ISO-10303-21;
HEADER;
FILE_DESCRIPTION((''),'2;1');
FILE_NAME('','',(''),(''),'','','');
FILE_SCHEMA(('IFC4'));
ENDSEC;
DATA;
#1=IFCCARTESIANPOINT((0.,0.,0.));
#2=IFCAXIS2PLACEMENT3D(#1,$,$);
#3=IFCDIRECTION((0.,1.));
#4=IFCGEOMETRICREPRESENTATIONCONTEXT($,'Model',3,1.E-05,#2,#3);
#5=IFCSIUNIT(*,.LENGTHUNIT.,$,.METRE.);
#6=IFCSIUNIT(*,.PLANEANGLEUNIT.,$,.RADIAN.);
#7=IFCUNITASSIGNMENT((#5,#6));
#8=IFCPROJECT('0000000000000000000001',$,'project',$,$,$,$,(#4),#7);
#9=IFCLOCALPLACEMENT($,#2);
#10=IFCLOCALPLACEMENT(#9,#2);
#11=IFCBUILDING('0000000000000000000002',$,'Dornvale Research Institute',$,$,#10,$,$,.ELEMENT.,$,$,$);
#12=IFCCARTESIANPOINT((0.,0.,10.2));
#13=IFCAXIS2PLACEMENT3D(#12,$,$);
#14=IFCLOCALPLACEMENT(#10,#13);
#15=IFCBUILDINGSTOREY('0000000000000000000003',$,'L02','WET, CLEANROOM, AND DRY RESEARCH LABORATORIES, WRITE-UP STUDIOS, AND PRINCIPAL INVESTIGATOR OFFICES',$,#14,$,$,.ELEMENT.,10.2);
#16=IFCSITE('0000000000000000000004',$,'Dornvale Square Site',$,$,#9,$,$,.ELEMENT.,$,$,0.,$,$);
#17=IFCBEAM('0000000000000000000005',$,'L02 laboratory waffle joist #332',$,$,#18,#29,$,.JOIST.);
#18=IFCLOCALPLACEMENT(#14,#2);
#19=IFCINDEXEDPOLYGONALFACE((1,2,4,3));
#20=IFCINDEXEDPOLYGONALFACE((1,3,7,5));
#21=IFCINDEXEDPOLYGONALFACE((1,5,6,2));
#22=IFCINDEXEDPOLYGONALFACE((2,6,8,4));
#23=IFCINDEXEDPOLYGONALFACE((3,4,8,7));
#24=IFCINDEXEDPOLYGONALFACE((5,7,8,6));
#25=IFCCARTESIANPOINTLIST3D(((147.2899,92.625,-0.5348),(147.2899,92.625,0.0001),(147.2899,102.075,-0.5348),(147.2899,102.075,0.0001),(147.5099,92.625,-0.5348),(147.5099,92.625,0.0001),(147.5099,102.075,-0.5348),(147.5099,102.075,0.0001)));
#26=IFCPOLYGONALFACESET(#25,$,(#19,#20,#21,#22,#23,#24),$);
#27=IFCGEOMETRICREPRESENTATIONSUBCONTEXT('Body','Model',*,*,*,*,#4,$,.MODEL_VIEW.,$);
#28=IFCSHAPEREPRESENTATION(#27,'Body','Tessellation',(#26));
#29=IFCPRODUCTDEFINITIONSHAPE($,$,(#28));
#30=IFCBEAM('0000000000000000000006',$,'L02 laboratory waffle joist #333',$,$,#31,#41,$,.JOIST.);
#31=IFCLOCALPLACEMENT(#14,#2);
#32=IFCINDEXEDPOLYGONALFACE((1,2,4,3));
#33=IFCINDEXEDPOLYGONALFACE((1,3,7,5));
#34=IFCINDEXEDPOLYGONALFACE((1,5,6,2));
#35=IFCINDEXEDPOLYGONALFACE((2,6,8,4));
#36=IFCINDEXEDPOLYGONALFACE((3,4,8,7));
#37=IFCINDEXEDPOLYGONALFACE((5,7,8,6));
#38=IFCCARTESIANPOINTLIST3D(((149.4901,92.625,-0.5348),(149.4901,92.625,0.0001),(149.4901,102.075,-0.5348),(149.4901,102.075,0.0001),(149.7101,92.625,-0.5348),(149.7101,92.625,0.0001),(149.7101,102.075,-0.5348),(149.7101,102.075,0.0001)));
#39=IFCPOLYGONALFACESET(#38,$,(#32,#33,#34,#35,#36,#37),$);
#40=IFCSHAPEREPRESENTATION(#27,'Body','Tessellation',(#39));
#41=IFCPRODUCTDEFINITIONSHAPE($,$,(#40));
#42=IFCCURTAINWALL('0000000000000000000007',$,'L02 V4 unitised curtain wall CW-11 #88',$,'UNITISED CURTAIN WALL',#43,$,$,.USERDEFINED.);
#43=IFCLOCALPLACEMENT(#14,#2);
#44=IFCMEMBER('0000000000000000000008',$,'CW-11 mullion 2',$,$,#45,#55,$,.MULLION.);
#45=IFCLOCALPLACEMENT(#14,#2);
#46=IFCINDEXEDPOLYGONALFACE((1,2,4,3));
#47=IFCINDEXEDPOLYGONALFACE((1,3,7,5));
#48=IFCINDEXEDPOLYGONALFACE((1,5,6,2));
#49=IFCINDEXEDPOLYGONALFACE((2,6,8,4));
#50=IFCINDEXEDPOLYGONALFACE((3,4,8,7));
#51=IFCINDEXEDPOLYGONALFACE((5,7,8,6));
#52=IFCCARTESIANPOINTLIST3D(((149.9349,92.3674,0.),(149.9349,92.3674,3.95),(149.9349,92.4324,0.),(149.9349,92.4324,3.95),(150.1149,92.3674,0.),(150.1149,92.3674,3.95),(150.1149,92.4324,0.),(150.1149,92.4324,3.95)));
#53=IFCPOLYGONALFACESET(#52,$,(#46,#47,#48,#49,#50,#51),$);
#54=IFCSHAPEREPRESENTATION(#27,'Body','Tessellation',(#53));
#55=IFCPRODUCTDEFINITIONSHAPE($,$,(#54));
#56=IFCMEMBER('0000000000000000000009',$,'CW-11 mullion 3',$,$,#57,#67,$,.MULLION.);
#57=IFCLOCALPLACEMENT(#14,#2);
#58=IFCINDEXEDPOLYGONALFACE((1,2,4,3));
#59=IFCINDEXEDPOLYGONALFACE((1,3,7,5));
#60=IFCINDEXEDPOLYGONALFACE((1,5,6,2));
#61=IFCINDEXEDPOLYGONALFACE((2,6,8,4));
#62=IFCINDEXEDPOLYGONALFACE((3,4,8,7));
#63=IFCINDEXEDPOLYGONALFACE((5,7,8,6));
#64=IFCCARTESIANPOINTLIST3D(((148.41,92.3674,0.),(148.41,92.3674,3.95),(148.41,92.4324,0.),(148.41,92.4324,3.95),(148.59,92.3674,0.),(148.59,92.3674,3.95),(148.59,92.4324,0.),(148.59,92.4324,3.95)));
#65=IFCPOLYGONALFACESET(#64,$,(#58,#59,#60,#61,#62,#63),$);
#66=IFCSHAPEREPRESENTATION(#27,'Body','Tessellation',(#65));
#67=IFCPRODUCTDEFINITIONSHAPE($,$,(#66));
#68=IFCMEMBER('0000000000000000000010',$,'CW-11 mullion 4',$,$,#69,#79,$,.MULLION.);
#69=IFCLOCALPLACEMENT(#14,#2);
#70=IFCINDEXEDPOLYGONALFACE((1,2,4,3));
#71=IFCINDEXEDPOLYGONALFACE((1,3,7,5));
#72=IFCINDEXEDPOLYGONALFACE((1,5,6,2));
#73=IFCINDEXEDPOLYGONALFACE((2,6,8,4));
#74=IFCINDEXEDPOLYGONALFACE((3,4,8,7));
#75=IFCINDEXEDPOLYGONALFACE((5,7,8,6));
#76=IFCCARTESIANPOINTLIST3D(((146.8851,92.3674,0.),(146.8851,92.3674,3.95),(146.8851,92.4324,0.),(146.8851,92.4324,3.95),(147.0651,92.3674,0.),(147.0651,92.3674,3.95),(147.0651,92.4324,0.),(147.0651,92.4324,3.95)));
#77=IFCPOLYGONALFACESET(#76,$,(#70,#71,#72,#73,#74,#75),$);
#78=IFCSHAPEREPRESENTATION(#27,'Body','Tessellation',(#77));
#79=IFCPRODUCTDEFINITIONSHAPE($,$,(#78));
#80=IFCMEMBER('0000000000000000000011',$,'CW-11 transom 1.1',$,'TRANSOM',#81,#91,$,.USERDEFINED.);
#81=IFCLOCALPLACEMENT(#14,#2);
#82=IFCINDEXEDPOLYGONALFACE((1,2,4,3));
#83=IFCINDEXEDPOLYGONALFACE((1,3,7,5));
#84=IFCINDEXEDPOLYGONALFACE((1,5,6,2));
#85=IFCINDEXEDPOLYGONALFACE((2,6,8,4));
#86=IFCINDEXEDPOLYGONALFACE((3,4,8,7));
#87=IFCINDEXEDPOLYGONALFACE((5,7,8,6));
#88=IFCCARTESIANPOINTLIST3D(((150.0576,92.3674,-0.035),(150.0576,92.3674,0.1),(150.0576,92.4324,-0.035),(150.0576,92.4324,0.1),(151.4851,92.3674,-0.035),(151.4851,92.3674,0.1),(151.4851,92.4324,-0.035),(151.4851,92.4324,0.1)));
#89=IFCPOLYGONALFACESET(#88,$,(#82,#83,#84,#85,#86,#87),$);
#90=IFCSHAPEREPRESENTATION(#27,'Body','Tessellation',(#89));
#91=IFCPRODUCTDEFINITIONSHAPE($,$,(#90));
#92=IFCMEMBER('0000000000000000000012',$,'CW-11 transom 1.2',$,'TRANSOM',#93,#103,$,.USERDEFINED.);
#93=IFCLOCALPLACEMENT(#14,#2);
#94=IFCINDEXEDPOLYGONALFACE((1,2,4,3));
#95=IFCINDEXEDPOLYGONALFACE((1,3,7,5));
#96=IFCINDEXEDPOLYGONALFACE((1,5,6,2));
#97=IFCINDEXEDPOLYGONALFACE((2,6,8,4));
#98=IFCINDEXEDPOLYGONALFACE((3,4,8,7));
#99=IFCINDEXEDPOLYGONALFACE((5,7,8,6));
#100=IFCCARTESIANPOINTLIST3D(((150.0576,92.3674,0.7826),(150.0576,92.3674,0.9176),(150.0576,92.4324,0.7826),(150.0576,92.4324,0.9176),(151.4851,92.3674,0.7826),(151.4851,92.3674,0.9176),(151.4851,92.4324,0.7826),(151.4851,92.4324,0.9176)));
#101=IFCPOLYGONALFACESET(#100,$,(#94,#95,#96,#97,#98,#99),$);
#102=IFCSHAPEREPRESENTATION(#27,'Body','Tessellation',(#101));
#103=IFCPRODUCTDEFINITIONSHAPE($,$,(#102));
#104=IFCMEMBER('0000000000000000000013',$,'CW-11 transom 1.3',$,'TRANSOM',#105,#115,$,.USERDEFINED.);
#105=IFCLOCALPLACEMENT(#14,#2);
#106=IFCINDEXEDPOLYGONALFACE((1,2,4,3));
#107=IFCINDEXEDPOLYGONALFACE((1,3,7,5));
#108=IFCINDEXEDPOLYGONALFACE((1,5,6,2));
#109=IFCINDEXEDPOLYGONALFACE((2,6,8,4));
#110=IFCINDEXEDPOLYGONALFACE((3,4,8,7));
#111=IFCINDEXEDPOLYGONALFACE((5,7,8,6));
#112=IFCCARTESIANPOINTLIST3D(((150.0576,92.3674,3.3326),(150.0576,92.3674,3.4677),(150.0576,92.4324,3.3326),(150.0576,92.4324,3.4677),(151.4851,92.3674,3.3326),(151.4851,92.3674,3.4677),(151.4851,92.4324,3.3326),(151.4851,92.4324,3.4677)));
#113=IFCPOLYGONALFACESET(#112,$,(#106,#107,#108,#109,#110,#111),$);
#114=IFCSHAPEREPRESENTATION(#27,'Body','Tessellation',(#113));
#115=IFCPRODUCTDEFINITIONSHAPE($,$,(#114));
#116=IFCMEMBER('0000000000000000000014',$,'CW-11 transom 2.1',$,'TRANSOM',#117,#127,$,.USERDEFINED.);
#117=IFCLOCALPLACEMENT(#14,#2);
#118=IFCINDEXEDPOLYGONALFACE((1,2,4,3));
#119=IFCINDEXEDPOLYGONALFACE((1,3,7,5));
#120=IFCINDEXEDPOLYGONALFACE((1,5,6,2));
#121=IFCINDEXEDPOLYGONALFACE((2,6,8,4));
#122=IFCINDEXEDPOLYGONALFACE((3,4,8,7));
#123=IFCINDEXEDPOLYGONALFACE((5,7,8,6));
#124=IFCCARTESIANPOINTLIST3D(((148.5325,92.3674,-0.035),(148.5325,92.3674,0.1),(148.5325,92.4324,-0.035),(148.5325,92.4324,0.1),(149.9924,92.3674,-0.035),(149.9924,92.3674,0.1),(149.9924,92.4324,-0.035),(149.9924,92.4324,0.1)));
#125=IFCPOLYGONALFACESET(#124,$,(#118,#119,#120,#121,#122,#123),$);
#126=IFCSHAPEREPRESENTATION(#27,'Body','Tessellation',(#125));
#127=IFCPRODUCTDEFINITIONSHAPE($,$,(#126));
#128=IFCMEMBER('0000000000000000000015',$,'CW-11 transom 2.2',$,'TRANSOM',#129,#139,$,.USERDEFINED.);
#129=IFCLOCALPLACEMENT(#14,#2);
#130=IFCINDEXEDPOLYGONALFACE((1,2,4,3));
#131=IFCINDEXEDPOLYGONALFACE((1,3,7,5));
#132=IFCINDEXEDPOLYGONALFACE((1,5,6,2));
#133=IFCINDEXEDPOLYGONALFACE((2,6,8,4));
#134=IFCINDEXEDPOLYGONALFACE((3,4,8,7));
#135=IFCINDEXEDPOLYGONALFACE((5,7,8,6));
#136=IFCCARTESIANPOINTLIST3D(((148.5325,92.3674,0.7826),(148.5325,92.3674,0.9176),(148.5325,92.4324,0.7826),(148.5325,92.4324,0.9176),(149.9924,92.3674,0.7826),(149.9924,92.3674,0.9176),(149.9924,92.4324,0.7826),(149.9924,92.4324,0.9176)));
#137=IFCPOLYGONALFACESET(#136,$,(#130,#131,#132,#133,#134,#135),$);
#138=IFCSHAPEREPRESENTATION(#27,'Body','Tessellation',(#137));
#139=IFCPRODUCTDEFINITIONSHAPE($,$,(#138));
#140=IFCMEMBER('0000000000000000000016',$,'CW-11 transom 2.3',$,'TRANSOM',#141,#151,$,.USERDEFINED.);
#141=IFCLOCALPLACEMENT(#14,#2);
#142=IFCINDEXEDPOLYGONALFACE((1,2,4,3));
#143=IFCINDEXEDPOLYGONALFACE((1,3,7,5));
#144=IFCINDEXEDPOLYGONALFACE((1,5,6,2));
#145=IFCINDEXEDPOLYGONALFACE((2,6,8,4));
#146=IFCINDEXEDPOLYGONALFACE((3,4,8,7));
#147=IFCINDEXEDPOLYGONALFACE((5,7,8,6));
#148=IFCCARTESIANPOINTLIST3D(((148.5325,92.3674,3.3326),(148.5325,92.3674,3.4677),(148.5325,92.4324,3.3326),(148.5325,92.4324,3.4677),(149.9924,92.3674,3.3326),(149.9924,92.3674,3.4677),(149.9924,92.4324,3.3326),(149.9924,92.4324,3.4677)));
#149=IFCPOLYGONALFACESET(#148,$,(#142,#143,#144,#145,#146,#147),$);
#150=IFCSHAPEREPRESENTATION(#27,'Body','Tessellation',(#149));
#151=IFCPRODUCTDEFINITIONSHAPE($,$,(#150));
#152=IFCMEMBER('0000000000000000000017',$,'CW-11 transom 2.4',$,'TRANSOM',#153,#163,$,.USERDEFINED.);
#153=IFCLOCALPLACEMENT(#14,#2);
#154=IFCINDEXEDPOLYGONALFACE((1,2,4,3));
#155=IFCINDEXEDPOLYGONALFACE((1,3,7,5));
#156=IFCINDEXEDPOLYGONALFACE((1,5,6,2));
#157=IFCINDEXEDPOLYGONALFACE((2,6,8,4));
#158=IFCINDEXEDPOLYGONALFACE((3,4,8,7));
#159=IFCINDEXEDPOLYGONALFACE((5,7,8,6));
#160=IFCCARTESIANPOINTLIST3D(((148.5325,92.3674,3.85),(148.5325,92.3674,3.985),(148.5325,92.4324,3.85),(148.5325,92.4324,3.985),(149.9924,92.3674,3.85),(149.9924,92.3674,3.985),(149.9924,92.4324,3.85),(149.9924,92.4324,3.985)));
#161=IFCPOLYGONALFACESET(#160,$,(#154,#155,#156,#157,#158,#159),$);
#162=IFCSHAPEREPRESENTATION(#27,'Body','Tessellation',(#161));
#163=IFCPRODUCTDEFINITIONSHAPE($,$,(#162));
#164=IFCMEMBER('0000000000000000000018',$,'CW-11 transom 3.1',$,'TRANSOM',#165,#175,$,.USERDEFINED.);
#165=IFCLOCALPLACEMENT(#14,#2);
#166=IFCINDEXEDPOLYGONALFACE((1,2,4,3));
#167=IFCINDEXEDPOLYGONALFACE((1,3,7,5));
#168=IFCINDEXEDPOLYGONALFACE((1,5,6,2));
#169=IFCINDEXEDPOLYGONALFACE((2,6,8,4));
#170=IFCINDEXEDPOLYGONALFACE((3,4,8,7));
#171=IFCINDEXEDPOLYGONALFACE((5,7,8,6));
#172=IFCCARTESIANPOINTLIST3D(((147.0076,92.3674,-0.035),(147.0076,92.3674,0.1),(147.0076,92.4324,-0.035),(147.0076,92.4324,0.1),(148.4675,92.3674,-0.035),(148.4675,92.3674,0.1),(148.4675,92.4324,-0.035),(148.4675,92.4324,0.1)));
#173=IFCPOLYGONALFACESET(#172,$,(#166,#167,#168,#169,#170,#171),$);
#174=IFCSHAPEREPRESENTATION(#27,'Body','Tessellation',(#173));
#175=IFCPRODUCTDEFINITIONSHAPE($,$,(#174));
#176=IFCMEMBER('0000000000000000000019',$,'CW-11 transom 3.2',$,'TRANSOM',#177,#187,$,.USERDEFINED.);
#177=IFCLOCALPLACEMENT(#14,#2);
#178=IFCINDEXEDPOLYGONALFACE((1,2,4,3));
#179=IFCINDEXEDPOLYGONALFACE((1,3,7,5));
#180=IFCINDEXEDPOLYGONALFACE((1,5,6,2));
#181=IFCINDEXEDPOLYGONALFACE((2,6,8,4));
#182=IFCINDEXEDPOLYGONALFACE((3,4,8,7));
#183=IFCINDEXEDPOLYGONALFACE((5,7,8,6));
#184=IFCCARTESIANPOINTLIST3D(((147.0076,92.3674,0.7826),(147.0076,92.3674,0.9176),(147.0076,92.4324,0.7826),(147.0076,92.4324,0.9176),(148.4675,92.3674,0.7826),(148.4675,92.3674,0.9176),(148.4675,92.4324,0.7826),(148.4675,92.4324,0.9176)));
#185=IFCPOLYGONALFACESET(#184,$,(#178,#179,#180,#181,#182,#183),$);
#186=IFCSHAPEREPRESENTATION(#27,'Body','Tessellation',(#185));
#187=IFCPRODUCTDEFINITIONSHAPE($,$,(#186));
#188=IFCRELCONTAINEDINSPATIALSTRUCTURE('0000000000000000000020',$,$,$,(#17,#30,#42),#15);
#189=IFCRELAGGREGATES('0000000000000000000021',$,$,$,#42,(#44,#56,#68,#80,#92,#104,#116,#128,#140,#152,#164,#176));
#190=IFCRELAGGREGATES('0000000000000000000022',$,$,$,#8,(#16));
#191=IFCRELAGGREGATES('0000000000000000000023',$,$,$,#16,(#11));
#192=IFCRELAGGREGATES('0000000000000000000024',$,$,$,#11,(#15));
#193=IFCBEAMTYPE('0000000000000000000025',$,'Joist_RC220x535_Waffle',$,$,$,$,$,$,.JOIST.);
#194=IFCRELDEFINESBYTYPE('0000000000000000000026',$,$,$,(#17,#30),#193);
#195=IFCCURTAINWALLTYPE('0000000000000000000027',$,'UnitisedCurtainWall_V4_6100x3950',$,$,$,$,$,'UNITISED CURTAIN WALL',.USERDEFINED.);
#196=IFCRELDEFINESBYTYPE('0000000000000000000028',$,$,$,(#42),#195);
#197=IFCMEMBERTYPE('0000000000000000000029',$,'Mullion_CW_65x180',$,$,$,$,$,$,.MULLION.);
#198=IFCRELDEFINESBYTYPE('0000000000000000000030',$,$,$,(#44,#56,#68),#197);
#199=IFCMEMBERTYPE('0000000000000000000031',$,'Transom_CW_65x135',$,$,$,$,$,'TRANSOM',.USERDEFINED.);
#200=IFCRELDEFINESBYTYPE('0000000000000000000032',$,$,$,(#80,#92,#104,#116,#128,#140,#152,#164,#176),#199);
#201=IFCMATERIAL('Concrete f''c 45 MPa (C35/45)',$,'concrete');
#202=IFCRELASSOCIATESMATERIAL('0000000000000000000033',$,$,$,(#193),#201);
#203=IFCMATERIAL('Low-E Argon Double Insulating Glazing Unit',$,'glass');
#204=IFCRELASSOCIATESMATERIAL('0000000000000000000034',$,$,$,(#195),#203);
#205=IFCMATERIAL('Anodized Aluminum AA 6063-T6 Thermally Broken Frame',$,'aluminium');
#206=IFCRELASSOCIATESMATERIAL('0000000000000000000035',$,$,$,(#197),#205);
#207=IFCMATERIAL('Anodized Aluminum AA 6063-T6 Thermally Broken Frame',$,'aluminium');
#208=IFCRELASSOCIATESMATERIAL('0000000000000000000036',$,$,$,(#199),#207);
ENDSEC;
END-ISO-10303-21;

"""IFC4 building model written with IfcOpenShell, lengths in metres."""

from ifc_helpers import new_model, si_unit, direction, frame, origin, origin_2d, place, context, subcontext, project, spatial, rectangle, extrude, material, material_profile, profile_set, type_object, element, aggregate, save


model = new_model("IFC4")

# Units and contexts
model_context = context("Model", 3, precision=1e-05, world=origin(), true_north=direction((0.0, 1.0)))
body_context = subcontext(model_context, "Body", "Model", "MODEL_VIEW")
ifc_project = project(units=[si_unit("LENGTHUNIT", "METRE"), si_unit("PLANEANGLEUNIT", "RADIAN")], contexts=[model_context])

# Site, building, storey
site_placement = place(None, origin())
site = spatial("IfcSite", under=ifc_project, at=site_placement, Name="Dornvale Square Site", CompositionType="ELEMENT", RefElevation=0.0)
building_placement = place(site_placement, origin())
building = spatial("IfcBuilding", under=site, at=building_placement, Name="Dornvale Research Institute", CompositionType="ELEMENT")
storey_placement = place(building_placement, frame((0.0, 0.0, 10.2)))
storey = spatial("IfcBuildingStorey", under=building, at=storey_placement, Name="L02", Description="WET, CLEANROOM, AND DRY RESEARCH LABORATORIES, WRITE-UP STUDIOS, AND PRINCIPAL INVESTIGATOR OFFICES", CompositionType="ELEMENT", Elevation=10.2)

# Beams
ifc_material_1 = material(Name="Concrete f'c 45 MPa (C35/45)", Category="concrete")
ifc_material_profile_1 = material_profile(ifc_material_1, rectangle(XDim=0.22, YDim=0.5349, at=origin_2d()), Name="RC 220x535")
ifc_profile_set_1 = profile_set([ifc_material_profile_1], Name="Concrete f'c 45 MPa (C35/45)")
beam_type = type_object("IfcBeamType", Name="Joist_RC220x535_Waffle", PredefinedType="JOIST", material=ifc_profile_set_1)
for number, where, z_axis, x_axis, name in (
    (1, (147.3999, 92.625, -0.2673), (0.0, 1.0, 0.0), (-1.0, 0.0, 0.0), "L02 laboratory waffle joist #332"),
    (2, (149.6001, 92.625, -0.2673), (0.0, 1.0, 0.0), (-1.0, 0.0, 0.0), "L02 laboratory waffle joist #333"),
):
    element("IfcBeam", number, at=place(storey_placement, frame(where, z_axis=z_axis, x_axis=x_axis)), inside=storey, type_object=beam_type, Name=name, PredefinedType="JOIST", context=body_context, shape_type="SweptSolid", body=[
        extrude(rectangle(XDim=0.22, YDim=0.5349, at=origin_2d()), origin(), (0.0, 0.0, 1.0), 9.45),
    ])

# Curtain wall, members
ifc_material_2 = material(Name="Low-E Argon Double Insulating Glazing Unit", Category="glass")
curtain_wall_type = type_object("IfcCurtainWallType", Name="UnitisedCurtainWall_V4_6100x3950", ElementType="UNITISED CURTAIN WALL", PredefinedType="USERDEFINED", material=ifc_material_2)
curtain_wall_placement = place(storey_placement, origin())
curtain_wall = element("IfcCurtainWall", 3, at=curtain_wall_placement, inside=storey, type_object=curtain_wall_type, Name="L02 V4 unitised curtain wall CW-11 #88", ObjectType="UNITISED CURTAIN WALL", PredefinedType="USERDEFINED")
ifc_material_3 = material(Name="Anodized Aluminum AA 6063-T6 Thermally Broken Frame", Category="aluminium")
ifc_material_profile_2 = material_profile(ifc_material_3, rectangle(XDim=0.0649, YDim=0.1799, at=origin_2d()), Name="ALU MULLION 65x180")
ifc_profile_set_2 = profile_set([ifc_material_profile_2], Name="Anodized Aluminum AA 6063-T6 Thermally Broken Frame")
member_type_1 = type_object("IfcMemberType", Name="Mullion_CW_65x180", PredefinedType="MULLION", material=ifc_profile_set_2)
member_1_placement = place(storey_placement, frame((150.0249, 92.3999, 0.0), z_axis=(0.0, 0.0, 1.0), x_axis=(0.0, -1.0, 0.0)))
member_1 = element("IfcMember", 4, at=member_1_placement, type_object=member_type_1, Name="CW-11 mullion 2", PredefinedType="MULLION", context=body_context, shape_type="SweptSolid", body=[
    extrude(rectangle(XDim=0.0649, YDim=0.1799, at=origin_2d()), origin(), (0.0, 0.0, 1.0), 3.95),
])
member_2_placement = place(storey_placement, frame((148.5, 92.3999, 0.0), z_axis=(0.0, 0.0, 1.0), x_axis=(0.0, -1.0, 0.0)))
member_2 = element("IfcMember", 5, at=member_2_placement, type_object=member_type_1, Name="CW-11 mullion 3", PredefinedType="MULLION", context=body_context, shape_type="SweptSolid", body=[
    extrude(rectangle(XDim=0.0649, YDim=0.1799, at=origin_2d()), origin(), (0.0, 0.0, 1.0), 3.95),
])
member_3_placement = place(storey_placement, frame((146.9751, 92.3999, 0.0), z_axis=(0.0, 0.0, 1.0), x_axis=(0.0, -1.0, 0.0)))
member_3 = element("IfcMember", 6, at=member_3_placement, type_object=member_type_1, Name="CW-11 mullion 4", PredefinedType="MULLION", context=body_context, shape_type="SweptSolid", body=[
    extrude(rectangle(XDim=0.0649, YDim=0.1799, at=origin_2d()), origin(), (0.0, 0.0, 1.0), 3.95),
])
ifc_material_4 = material(Name="Anodized Aluminum AA 6063-T6 Thermally Broken Frame", Category="aluminium")
ifc_material_profile_3 = material_profile(ifc_material_4, rectangle(XDim=0.0649, YDim=0.135, at=origin_2d()), Name="ALU TRANSOM 65x135")
ifc_profile_set_3 = profile_set([ifc_material_profile_3], Name="Anodized Aluminum AA 6063-T6 Thermally Broken Frame")
member_type_2 = type_object("IfcMemberType", Name="Transom_CW_65x135", ElementType="TRANSOM", PredefinedType="USERDEFINED", material=ifc_profile_set_3)
member_4_placement = place(storey_placement, frame((151.4851, 92.3999, 0.0325), z_axis=(-1.0, 0.0, 0.0), x_axis=(0.0, -1.0, 0.0)))
member_4 = element("IfcMember", 7, at=member_4_placement, type_object=member_type_2, Name="CW-11 transom 1.1", ObjectType="TRANSOM", PredefinedType="USERDEFINED", context=body_context, shape_type="SweptSolid", body=[
    extrude(rectangle(XDim=0.0649, YDim=0.135, at=origin_2d()), origin(), (0.0, 0.0, 1.0), 1.4275),
])
member_5_placement = place(storey_placement, frame((151.4851, 92.3999, 0.8501), z_axis=(-1.0, 0.0, 0.0), x_axis=(0.0, -1.0, 0.0)))
member_5 = element("IfcMember", 8, at=member_5_placement, type_object=member_type_2, Name="CW-11 transom 1.2", ObjectType="TRANSOM", PredefinedType="USERDEFINED", context=body_context, shape_type="SweptSolid", body=[
    extrude(rectangle(XDim=0.0649, YDim=0.135, at=origin_2d()), origin(), (0.0, 0.0, 1.0), 1.4275),
])
member_6_placement = place(storey_placement, frame((151.4851, 92.3999, 3.4001), z_axis=(-1.0, 0.0, 0.0), x_axis=(0.0, -1.0, 0.0)))
member_6 = element("IfcMember", 9, at=member_6_placement, type_object=member_type_2, Name="CW-11 transom 1.3", ObjectType="TRANSOM", PredefinedType="USERDEFINED", context=body_context, shape_type="SweptSolid", body=[
    extrude(rectangle(XDim=0.0649, YDim=0.135, at=origin_2d()), origin(), (0.0, 0.0, 1.0), 1.4275),
])
member_7_placement = place(storey_placement, frame((149.9924, 92.3999, 0.0325), z_axis=(-1.0, 0.0, 0.0), x_axis=(0.0, -1.0, 0.0)))
member_7 = element("IfcMember", 10, at=member_7_placement, type_object=member_type_2, Name="CW-11 transom 2.1", ObjectType="TRANSOM", PredefinedType="USERDEFINED", context=body_context, shape_type="SweptSolid", body=[
    extrude(rectangle(XDim=0.0649, YDim=0.135, at=origin_2d()), origin(), (0.0, 0.0, 1.0), 1.46),
])
member_8_placement = place(storey_placement, frame((149.9924, 92.3999, 0.8501), z_axis=(-1.0, 0.0, 0.0), x_axis=(0.0, -1.0, 0.0)))
member_8 = element("IfcMember", 11, at=member_8_placement, type_object=member_type_2, Name="CW-11 transom 2.2", ObjectType="TRANSOM", PredefinedType="USERDEFINED", context=body_context, shape_type="SweptSolid", body=[
    extrude(rectangle(XDim=0.0649, YDim=0.135, at=origin_2d()), origin(), (0.0, 0.0, 1.0), 1.46),
])
member_9_placement = place(storey_placement, frame((149.9924, 92.3999, 3.4001), z_axis=(-1.0, 0.0, 0.0), x_axis=(0.0, -1.0, 0.0)))
member_9 = element("IfcMember", 12, at=member_9_placement, type_object=member_type_2, Name="CW-11 transom 2.3", ObjectType="TRANSOM", PredefinedType="USERDEFINED", context=body_context, shape_type="SweptSolid", body=[
    extrude(rectangle(XDim=0.0649, YDim=0.135, at=origin_2d()), origin(), (0.0, 0.0, 1.0), 1.46),
])
member_10_placement = place(storey_placement, frame((149.9924, 92.3999, 3.9175), z_axis=(-1.0, 0.0, 0.0), x_axis=(0.0, -1.0, 0.0)))
member_10 = element("IfcMember", 13, at=member_10_placement, type_object=member_type_2, Name="CW-11 transom 2.4", ObjectType="TRANSOM", PredefinedType="USERDEFINED", context=body_context, shape_type="SweptSolid", body=[
    extrude(rectangle(XDim=0.0649, YDim=0.135, at=origin_2d()), origin(), (0.0, 0.0, 1.0), 1.46),
])
member_11_placement = place(storey_placement, frame((148.4675, 92.3999, 0.0325), z_axis=(-1.0, 0.0, 0.0), x_axis=(0.0, -1.0, 0.0)))
member_11 = element("IfcMember", 14, at=member_11_placement, type_object=member_type_2, Name="CW-11 transom 3.1", ObjectType="TRANSOM", PredefinedType="USERDEFINED", context=body_context, shape_type="SweptSolid", body=[
    extrude(rectangle(XDim=0.0649, YDim=0.135, at=origin_2d()), origin(), (0.0, 0.0, 1.0), 1.46),
])
member_12_placement = place(storey_placement, frame((148.4675, 92.3999, 0.8501), z_axis=(-1.0, 0.0, 0.0), x_axis=(0.0, -1.0, 0.0)))
member_12 = element("IfcMember", 15, at=member_12_placement, type_object=member_type_2, Name="CW-11 transom 3.2", ObjectType="TRANSOM", PredefinedType="USERDEFINED", context=body_context, shape_type="SweptSolid", body=[
    extrude(rectangle(XDim=0.0649, YDim=0.135, at=origin_2d()), origin(), (0.0, 0.0, 1.0), 1.46),
])
aggregate(curtain_wall, [member_1, member_2, member_3, member_4, member_5, member_6, member_7, member_8, member_9, member_10, member_11, member_12])

save(model, "model.ifc")
